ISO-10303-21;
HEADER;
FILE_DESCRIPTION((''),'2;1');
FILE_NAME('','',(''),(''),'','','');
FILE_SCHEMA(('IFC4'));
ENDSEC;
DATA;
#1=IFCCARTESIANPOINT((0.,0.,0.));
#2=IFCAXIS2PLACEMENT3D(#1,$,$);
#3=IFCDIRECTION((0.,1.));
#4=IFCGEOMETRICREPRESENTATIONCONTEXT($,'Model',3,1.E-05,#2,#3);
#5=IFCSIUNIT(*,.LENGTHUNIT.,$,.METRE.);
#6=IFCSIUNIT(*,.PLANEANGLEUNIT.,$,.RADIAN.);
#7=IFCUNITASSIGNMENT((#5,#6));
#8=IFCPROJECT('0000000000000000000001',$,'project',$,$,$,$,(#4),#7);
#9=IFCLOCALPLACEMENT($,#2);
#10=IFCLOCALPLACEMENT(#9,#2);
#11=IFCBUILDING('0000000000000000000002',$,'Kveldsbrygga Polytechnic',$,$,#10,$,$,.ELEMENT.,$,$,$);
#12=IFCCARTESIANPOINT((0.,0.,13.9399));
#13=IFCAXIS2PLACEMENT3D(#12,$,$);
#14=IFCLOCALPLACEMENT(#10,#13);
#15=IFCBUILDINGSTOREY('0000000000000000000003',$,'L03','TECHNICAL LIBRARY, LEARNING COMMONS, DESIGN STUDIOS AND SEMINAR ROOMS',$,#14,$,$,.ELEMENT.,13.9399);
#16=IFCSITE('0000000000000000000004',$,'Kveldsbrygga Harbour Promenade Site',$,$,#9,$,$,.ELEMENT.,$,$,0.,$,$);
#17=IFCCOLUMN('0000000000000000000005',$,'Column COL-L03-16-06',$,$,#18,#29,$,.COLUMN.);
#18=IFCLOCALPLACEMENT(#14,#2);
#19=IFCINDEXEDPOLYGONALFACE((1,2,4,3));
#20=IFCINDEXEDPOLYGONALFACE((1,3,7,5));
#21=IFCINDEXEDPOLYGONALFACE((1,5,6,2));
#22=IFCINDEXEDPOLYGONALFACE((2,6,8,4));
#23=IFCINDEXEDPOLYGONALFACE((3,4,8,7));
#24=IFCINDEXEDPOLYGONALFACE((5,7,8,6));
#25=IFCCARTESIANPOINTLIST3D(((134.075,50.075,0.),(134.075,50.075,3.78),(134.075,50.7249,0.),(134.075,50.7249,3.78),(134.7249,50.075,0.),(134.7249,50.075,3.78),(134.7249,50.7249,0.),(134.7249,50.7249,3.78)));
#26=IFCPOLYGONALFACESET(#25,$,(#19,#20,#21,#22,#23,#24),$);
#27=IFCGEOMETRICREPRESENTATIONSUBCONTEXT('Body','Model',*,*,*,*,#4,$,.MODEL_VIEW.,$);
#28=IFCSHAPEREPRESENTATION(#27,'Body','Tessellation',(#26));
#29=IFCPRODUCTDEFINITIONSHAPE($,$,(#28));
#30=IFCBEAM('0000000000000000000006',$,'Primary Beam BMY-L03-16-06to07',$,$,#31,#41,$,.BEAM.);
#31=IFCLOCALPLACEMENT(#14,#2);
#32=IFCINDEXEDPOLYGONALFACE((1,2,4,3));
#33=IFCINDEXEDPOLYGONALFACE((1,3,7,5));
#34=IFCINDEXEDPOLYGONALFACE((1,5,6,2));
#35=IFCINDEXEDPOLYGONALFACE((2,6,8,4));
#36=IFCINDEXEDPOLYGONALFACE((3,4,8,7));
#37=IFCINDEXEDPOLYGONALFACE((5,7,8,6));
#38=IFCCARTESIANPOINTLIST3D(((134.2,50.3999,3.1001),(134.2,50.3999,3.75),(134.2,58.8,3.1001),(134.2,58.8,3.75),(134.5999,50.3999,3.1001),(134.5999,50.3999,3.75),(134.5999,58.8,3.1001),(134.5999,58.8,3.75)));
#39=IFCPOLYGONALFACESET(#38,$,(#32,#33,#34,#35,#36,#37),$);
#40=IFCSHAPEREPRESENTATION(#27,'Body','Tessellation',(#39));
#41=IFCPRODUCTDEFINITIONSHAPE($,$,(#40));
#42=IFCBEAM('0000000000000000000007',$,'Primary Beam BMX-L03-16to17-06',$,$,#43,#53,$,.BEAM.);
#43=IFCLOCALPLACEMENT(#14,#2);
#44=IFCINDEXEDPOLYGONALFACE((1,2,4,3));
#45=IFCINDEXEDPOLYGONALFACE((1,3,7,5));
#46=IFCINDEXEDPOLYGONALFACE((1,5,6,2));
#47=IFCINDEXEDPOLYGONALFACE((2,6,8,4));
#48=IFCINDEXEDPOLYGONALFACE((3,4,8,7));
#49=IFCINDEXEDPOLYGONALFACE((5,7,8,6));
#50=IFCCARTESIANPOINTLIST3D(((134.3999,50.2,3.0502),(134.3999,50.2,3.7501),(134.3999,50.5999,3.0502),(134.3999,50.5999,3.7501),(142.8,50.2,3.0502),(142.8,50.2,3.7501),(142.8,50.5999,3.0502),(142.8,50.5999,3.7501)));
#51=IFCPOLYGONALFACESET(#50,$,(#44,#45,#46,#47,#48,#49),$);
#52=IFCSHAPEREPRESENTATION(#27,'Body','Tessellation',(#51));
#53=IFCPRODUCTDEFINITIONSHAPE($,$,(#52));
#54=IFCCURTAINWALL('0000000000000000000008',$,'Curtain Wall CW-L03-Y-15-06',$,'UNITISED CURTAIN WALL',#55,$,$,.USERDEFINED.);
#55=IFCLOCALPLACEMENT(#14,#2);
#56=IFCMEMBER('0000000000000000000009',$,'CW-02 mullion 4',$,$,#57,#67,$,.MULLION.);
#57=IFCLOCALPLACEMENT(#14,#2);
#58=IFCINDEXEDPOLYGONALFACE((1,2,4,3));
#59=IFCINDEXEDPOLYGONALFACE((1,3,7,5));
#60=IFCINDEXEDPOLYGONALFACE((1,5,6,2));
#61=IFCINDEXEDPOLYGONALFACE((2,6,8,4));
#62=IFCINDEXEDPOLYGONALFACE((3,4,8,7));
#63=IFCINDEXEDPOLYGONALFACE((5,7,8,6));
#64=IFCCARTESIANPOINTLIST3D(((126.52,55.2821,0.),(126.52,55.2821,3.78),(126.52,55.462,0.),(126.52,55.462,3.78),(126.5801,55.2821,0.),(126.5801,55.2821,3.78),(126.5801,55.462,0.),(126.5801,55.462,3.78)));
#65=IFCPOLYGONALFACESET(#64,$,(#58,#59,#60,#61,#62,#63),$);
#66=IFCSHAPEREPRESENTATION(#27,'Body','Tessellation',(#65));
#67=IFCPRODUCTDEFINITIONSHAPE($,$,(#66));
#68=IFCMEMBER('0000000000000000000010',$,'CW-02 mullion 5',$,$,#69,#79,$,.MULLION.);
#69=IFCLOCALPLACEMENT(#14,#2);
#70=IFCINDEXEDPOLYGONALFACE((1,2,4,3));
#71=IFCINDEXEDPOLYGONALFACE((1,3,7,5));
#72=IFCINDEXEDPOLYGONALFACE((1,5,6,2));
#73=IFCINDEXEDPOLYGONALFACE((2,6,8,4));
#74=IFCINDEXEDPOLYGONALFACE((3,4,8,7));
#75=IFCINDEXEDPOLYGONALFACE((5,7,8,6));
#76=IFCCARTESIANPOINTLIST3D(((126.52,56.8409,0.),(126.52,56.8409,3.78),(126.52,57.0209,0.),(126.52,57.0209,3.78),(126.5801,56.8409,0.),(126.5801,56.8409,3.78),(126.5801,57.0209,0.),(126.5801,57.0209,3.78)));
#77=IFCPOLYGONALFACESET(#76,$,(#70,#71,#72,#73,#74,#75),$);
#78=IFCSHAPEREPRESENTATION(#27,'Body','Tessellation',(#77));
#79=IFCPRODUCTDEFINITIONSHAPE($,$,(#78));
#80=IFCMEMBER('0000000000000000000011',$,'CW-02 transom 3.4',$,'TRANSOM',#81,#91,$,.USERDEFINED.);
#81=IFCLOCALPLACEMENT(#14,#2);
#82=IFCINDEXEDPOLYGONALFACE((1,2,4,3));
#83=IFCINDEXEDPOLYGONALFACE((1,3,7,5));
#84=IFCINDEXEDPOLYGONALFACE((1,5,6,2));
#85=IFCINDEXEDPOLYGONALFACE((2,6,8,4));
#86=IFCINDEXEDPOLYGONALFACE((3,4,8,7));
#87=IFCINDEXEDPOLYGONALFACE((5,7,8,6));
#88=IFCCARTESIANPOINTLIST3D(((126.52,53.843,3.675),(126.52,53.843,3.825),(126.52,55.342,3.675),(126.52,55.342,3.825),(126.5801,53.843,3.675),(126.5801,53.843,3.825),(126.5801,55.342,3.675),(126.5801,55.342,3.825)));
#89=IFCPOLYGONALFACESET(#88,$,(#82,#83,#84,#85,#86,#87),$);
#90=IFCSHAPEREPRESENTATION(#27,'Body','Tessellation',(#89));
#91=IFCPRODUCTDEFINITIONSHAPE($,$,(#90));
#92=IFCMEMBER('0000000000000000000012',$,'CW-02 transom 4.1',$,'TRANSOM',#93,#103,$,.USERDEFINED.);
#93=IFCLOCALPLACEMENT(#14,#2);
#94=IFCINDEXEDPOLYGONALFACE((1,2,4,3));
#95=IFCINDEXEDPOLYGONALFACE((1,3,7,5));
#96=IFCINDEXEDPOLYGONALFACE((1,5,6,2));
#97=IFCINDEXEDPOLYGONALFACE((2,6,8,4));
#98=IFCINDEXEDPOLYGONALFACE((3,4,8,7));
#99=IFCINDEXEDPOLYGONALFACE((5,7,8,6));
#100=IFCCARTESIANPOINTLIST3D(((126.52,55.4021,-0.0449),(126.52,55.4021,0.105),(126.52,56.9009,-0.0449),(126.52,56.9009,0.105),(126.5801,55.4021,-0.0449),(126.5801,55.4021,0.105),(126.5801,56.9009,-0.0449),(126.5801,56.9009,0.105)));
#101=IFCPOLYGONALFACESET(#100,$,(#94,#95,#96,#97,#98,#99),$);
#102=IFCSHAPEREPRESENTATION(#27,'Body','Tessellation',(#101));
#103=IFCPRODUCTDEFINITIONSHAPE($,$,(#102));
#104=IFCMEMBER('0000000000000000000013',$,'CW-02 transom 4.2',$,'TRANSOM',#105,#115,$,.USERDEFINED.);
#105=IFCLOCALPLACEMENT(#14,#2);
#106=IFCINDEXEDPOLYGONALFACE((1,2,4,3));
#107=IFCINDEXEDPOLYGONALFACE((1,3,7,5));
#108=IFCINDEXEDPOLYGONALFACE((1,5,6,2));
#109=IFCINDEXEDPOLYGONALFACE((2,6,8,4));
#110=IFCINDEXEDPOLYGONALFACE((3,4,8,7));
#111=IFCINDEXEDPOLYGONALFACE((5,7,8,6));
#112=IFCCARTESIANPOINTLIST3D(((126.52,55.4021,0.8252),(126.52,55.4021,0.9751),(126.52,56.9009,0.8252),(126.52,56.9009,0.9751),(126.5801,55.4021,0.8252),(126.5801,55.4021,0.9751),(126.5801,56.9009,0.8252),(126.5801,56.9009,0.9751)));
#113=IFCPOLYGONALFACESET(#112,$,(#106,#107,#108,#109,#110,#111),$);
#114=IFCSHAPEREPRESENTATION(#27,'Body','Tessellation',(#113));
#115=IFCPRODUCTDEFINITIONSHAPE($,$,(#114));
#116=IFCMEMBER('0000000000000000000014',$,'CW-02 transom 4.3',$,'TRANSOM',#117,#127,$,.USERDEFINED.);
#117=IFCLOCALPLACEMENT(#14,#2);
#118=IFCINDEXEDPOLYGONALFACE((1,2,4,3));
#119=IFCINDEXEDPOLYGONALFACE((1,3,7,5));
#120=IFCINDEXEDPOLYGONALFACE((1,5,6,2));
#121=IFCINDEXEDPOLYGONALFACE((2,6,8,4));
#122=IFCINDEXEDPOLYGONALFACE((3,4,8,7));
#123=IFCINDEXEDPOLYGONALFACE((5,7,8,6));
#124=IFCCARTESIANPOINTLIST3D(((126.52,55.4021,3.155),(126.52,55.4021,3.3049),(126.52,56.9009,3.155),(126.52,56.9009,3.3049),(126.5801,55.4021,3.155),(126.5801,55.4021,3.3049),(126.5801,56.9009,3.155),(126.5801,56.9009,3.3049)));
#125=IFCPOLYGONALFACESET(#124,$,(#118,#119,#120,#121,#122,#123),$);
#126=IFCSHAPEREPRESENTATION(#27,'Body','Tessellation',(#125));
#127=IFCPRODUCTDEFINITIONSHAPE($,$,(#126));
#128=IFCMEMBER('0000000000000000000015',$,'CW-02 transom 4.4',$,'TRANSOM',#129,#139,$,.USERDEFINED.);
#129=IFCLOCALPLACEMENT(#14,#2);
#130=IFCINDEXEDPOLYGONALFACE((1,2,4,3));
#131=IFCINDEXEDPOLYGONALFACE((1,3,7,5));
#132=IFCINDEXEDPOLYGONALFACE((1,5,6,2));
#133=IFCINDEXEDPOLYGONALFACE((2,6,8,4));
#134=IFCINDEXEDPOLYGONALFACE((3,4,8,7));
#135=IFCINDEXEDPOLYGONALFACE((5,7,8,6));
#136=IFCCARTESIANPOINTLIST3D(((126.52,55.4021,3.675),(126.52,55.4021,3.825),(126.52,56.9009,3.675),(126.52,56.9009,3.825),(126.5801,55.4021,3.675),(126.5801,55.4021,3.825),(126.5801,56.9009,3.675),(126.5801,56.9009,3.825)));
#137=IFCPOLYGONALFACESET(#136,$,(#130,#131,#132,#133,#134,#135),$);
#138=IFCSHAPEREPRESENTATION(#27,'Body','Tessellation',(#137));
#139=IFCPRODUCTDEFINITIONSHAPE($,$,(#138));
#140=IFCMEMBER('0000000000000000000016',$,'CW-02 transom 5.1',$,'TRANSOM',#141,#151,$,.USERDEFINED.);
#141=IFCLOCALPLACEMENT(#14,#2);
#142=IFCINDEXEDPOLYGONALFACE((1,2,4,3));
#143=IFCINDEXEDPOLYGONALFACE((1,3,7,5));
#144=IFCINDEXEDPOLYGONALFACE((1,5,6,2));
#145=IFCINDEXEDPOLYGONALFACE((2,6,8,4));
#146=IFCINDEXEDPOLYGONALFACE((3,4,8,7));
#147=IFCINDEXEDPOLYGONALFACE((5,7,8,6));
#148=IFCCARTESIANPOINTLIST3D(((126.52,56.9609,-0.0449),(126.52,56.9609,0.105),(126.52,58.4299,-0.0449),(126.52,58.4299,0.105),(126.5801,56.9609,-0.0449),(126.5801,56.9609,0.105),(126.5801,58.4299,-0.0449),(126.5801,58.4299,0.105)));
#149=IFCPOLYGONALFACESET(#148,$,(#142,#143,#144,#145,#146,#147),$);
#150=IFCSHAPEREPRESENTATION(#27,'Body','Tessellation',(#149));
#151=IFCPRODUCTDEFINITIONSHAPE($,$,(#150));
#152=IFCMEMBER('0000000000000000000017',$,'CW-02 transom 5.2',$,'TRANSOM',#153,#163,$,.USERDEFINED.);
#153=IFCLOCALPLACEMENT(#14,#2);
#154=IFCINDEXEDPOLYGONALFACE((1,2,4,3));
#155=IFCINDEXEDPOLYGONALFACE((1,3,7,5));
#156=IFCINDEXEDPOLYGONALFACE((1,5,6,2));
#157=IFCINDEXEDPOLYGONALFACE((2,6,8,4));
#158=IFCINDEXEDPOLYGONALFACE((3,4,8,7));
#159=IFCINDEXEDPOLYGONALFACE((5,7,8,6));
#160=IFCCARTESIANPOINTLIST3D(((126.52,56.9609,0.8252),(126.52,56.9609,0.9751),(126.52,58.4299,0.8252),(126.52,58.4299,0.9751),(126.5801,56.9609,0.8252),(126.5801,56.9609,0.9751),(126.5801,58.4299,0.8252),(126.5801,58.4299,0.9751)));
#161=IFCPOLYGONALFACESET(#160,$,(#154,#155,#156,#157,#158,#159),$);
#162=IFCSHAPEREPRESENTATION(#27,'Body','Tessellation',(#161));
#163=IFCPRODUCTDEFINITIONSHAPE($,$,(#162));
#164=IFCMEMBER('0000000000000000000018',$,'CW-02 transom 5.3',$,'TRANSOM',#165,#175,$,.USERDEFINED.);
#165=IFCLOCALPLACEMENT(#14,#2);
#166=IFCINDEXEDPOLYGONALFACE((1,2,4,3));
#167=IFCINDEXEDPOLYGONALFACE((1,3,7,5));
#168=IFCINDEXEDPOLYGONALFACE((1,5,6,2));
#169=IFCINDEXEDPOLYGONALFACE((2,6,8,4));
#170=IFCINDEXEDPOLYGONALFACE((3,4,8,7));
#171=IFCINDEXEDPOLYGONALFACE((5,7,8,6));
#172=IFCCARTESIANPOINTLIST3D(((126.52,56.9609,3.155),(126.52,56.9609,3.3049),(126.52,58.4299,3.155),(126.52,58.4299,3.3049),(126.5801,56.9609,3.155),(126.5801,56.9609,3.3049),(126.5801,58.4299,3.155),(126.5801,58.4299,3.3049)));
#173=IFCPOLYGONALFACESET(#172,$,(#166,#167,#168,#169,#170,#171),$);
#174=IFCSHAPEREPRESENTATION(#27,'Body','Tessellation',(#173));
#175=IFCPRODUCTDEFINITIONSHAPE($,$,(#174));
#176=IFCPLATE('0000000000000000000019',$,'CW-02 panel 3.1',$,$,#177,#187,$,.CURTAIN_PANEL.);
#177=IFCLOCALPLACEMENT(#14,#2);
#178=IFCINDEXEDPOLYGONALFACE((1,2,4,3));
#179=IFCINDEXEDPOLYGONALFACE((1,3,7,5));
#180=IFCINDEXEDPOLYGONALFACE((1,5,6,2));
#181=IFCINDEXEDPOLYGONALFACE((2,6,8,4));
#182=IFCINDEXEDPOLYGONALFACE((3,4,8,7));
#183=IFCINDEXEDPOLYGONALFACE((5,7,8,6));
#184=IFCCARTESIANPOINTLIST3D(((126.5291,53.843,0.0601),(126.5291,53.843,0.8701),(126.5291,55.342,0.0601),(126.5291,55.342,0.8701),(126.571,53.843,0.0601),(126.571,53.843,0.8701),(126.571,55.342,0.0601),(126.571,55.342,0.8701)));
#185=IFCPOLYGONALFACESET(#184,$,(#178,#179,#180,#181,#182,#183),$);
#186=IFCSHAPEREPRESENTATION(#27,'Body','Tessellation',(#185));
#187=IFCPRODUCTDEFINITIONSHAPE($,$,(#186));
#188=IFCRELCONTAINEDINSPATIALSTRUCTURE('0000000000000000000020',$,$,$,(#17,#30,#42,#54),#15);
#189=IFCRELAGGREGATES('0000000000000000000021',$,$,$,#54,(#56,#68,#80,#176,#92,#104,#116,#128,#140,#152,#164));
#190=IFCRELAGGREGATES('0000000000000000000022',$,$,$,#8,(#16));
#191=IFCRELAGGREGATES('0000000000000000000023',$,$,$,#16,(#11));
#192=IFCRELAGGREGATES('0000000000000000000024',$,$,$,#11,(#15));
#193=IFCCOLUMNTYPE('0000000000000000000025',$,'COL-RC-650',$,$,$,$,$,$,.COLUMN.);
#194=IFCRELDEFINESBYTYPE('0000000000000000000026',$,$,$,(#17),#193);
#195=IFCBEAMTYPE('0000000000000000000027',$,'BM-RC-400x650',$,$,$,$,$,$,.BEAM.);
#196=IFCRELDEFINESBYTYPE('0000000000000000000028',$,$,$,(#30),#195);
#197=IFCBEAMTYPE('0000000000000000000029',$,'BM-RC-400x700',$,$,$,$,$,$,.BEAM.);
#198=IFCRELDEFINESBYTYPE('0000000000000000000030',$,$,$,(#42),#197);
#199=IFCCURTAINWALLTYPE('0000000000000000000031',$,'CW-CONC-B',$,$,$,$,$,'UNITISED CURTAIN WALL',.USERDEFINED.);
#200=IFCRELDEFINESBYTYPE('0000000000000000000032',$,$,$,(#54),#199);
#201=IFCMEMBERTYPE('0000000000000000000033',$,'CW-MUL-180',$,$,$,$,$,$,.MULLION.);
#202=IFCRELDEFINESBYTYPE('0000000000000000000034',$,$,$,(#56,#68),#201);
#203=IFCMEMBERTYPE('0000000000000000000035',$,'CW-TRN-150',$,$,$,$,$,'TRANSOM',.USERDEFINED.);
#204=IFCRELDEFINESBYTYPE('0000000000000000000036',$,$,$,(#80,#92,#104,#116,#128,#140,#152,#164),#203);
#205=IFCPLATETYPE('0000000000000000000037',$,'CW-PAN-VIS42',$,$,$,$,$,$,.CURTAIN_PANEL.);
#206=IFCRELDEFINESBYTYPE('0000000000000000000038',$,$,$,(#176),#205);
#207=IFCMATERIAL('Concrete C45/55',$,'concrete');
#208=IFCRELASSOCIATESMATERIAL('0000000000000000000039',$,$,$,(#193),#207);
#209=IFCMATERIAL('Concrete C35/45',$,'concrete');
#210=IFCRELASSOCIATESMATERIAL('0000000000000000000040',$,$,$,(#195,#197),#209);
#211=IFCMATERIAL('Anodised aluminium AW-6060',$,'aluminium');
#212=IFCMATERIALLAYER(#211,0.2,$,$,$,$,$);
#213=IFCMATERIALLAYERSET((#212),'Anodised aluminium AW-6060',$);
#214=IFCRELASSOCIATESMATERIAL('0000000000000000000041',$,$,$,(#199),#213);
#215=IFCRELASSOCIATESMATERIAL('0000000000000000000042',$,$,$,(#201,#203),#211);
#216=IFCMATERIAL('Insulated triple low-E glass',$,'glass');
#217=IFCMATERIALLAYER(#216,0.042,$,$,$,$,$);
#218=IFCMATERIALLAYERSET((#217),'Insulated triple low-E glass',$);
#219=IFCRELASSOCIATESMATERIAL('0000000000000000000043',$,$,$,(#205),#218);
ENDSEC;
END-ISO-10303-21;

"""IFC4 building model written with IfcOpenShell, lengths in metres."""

from ifc_helpers import new_model, si_unit, direction, frame, origin, origin_2d, place, context, subcontext, project, spatial, rectangle, extrude, material, layer, layer_set, material_profile, profile_set, type_object, element, aggregate, save


model = new_model("IFC4")

# Units and contexts
model_context = context("Model", 3, precision=1e-05, world=origin(), true_north=direction((0.0, 1.0)))
body_context = subcontext(model_context, "Body", "Model", "MODEL_VIEW")
ifc_project = project(units=[si_unit("LENGTHUNIT", "METRE"), si_unit("PLANEANGLEUNIT", "RADIAN")], contexts=[model_context])

# Site, building, storey
site_placement = place(None, origin())
site = spatial("IfcSite", under=ifc_project, at=site_placement, Name="Kveldsbrygga Harbour Promenade Site", CompositionType="ELEMENT", RefElevation=0.0)
building_placement = place(site_placement, origin())
building = spatial("IfcBuilding", under=site, at=building_placement, Name="Kveldsbrygga Polytechnic", CompositionType="ELEMENT")
storey_placement = place(building_placement, frame((0.0, 0.0, 13.9399)))
storey = spatial("IfcBuildingStorey", under=building, at=storey_placement, Name="L03", Description="TECHNICAL LIBRARY, LEARNING COMMONS, DESIGN STUDIOS AND SEMINAR ROOMS", CompositionType="ELEMENT", Elevation=13.9399)

# Column
ifc_material_1 = material(Name="Concrete C45/55", Category="concrete")
ifc_material_profile_1 = material_profile(ifc_material_1, rectangle(XDim=0.6499, YDim=0.6499, at=origin_2d()), Name="RC 650x650")
ifc_profile_set_1 = profile_set([ifc_material_profile_1], Name="Concrete C45/55")
column_type = type_object("IfcColumnType", Name="COL-RC-650", PredefinedType="COLUMN", material=ifc_profile_set_1)
column_placement = place(storey_placement, frame((134.3999, 50.3999, 0.0), z_axis=(0.0, 0.0, 1.0), x_axis=(1.0, 0.0, 0.0)))
element("IfcColumn", 1, at=column_placement, inside=storey, type_object=column_type, Name="Column COL-L03-16-06", PredefinedType="COLUMN", context=body_context, shape_type="SweptSolid", body=[
    extrude(rectangle(XDim=0.6499, YDim=0.6499, at=origin_2d()), origin(), (0.0, 0.0, 1.0), 3.78),
])

# Beams
ifc_material_2 = material(Name="Concrete C35/45", Category="concrete")
ifc_material_profile_2 = material_profile(ifc_material_2, rectangle(XDim=0.3999, YDim=0.6499, at=origin_2d()), Name="RC 400x650")
ifc_profile_set_2 = profile_set([ifc_material_profile_2], Name="Concrete C35/45")
beam_type_1 = type_object("IfcBeamType", Name="BM-RC-400x650", PredefinedType="BEAM", material=ifc_profile_set_2)
beam_1_placement = place(storey_placement, frame((134.3999, 50.3999, 3.425), z_axis=(0.0, 1.0, 0.0), x_axis=(-1.0, 0.0, 0.0)))
element("IfcBeam", 2, at=beam_1_placement, inside=storey, type_object=beam_type_1, Name="Primary Beam BMY-L03-16-06to07", PredefinedType="BEAM", context=body_context, shape_type="SweptSolid", body=[
    extrude(rectangle(XDim=0.3999, YDim=0.6499, at=origin_2d()), origin(), (0.0, 0.0, 1.0), 8.4001),
])
ifc_material_profile_3 = material_profile(ifc_material_2, rectangle(XDim=0.3999, YDim=0.7, at=origin_2d()), Name="RC 400x700")
ifc_profile_set_3 = profile_set([ifc_material_profile_3], Name="Concrete C35/45")
beam_type_2 = type_object("IfcBeamType", Name="BM-RC-400x700", PredefinedType="BEAM", material=ifc_profile_set_3)
beam_2_placement = place(storey_placement, frame((134.3999, 50.3999, 3.4001), z_axis=(1.0, 0.0, 0.0), x_axis=(0.0, 1.0, 0.0)))
element("IfcBeam", 3, at=beam_2_placement, inside=storey, type_object=beam_type_2, Name="Primary Beam BMX-L03-16to17-06", PredefinedType="BEAM", context=body_context, shape_type="SweptSolid", body=[
    extrude(rectangle(XDim=0.3999, YDim=0.7, at=origin_2d()), origin(), (0.0, 0.0, 1.0), 8.4001),
])

# Curtain wall, members, plate
ifc_material_3 = material(Name="Anodised aluminium AW-6060", Category="aluminium")
ifc_layer_1 = layer(ifc_material_3, 0.2)
ifc_layer_set_1 = layer_set([ifc_layer_1], Name="Anodised aluminium AW-6060")
curtain_wall_type = type_object("IfcCurtainWallType", Name="CW-CONC-B", ElementType="UNITISED CURTAIN WALL", PredefinedType="USERDEFINED", material=ifc_layer_set_1)
curtain_wall_placement = place(storey_placement, origin())
curtain_wall = element("IfcCurtainWall", 4, at=curtain_wall_placement, inside=storey, type_object=curtain_wall_type, Name="Curtain Wall CW-L03-Y-15-06", ObjectType="UNITISED CURTAIN WALL", PredefinedType="USERDEFINED")
ifc_material_profile_4 = material_profile(ifc_material_3, rectangle(XDim=0.0601, YDim=0.1799, at=origin_2d()), Name="ALU 60x180")
ifc_profile_set_4 = profile_set([ifc_material_profile_4], Name="Anodised aluminium AW-6060")
member_type_1 = type_object("IfcMemberType", Name="CW-MUL-180", PredefinedType="MULLION", material=ifc_profile_set_4)
member_1_placement = place(storey_placement, frame((126.55, 55.3721, 0.0), z_axis=(0.0, 0.0, 1.0), x_axis=(-1.0, 0.0, 0.0)))
member_1 = element("IfcMember", 5, at=member_1_placement, type_object=member_type_1, Name="CW-02 mullion 4", PredefinedType="MULLION", context=body_context, shape_type="SweptSolid", body=[
    extrude(rectangle(XDim=0.0601, YDim=0.1799, at=origin_2d()), origin(), (0.0, 0.0, 1.0), 3.78),
])
member_2_placement = place(storey_placement, frame((126.55, 56.9309, 0.0), z_axis=(0.0, 0.0, 1.0), x_axis=(-1.0, 0.0, 0.0)))
member_2 = element("IfcMember", 6, at=member_2_placement, type_object=member_type_1, Name="CW-02 mullion 5", PredefinedType="MULLION", context=body_context, shape_type="SweptSolid", body=[
    extrude(rectangle(XDim=0.0601, YDim=0.1799, at=origin_2d()), origin(), (0.0, 0.0, 1.0), 3.78),
])
ifc_material_profile_5 = material_profile(ifc_material_3, rectangle(XDim=0.0601, YDim=0.1499, at=origin_2d()), Name="ALU 60x150")
ifc_profile_set_5 = profile_set([ifc_material_profile_5], Name="Anodised aluminium AW-6060")
member_type_2 = type_object("IfcMemberType", Name="CW-TRN-150", ElementType="TRANSOM", PredefinedType="USERDEFINED", material=ifc_profile_set_5)
member_3_placement = place(storey_placement, frame((126.55, 53.843, 3.75), z_axis=(0.0, 1.0, 0.0), x_axis=(-1.0, 0.0, 0.0)))
member_3 = element("IfcMember", 7, at=member_3_placement, type_object=member_type_2, Name="CW-02 transom 3.4", ObjectType="TRANSOM", PredefinedType="USERDEFINED", context=body_context, shape_type="SweptSolid", body=[
    extrude(rectangle(XDim=0.0601, YDim=0.1499, at=origin_2d()), origin(), (0.0, 0.0, 1.0), 1.499),
])
member_4_placement = place(storey_placement, frame((126.55, 55.4021, 0.03), z_axis=(0.0, 1.0, 0.0), x_axis=(-1.0, 0.0, 0.0)))
member_4 = element("IfcMember", 8, at=member_4_placement, type_object=member_type_2, Name="CW-02 transom 4.1", ObjectType="TRANSOM", PredefinedType="USERDEFINED", context=body_context, shape_type="SweptSolid", body=[
    extrude(rectangle(XDim=0.0601, YDim=0.1499, at=origin_2d()), origin(), (0.0, 0.0, 1.0), 1.4988),
])
member_5_placement = place(storey_placement, frame((126.55, 55.4021, 0.9001), z_axis=(0.0, 1.0, 0.0), x_axis=(-1.0, 0.0, 0.0)))
member_5 = element("IfcMember", 9, at=member_5_placement, type_object=member_type_2, Name="CW-02 transom 4.2", ObjectType="TRANSOM", PredefinedType="USERDEFINED", context=body_context, shape_type="SweptSolid", body=[
    extrude(rectangle(XDim=0.0601, YDim=0.1499, at=origin_2d()), origin(), (0.0, 0.0, 1.0), 1.4988),
])
member_6_placement = place(storey_placement, frame((126.55, 55.4021, 3.23), z_axis=(0.0, 1.0, 0.0), x_axis=(-1.0, 0.0, 0.0)))
member_6 = element("IfcMember", 10, at=member_6_placement, type_object=member_type_2, Name="CW-02 transom 4.3", ObjectType="TRANSOM", PredefinedType="USERDEFINED", context=body_context, shape_type="SweptSolid", body=[
    extrude(rectangle(XDim=0.0601, YDim=0.1499, at=origin_2d()), origin(), (0.0, 0.0, 1.0), 1.4988),
])
member_7_placement = place(storey_placement, frame((126.55, 55.4021, 3.75), z_axis=(0.0, 1.0, 0.0), x_axis=(-1.0, 0.0, 0.0)))
member_7 = element("IfcMember", 11, at=member_7_placement, type_object=member_type_2, Name="CW-02 transom 4.4", ObjectType="TRANSOM", PredefinedType="USERDEFINED", context=body_context, shape_type="SweptSolid", body=[
    extrude(rectangle(XDim=0.0601, YDim=0.1499, at=origin_2d()), origin(), (0.0, 0.0, 1.0), 1.4988),
])
member_8_placement = place(storey_placement, frame((126.55, 56.9609, 0.03), z_axis=(0.0, 1.0, 0.0), x_axis=(-1.0, 0.0, 0.0)))
member_8 = element("IfcMember", 12, at=member_8_placement, type_object=member_type_2, Name="CW-02 transom 5.1", ObjectType="TRANSOM", PredefinedType="USERDEFINED", context=body_context, shape_type="SweptSolid", body=[
    extrude(rectangle(XDim=0.0601, YDim=0.1499, at=origin_2d()), origin(), (0.0, 0.0, 1.0), 1.469),
])
member_9_placement = place(storey_placement, frame((126.55, 56.9609, 0.9001), z_axis=(0.0, 1.0, 0.0), x_axis=(-1.0, 0.0, 0.0)))
member_9 = element("IfcMember", 13, at=member_9_placement, type_object=member_type_2, Name="CW-02 transom 5.2", ObjectType="TRANSOM", PredefinedType="USERDEFINED", context=body_context, shape_type="SweptSolid", body=[
    extrude(rectangle(XDim=0.0601, YDim=0.1499, at=origin_2d()), origin(), (0.0, 0.0, 1.0), 1.469),
])
member_10_placement = place(storey_placement, frame((126.55, 56.9609, 3.23), z_axis=(0.0, 1.0, 0.0), x_axis=(-1.0, 0.0, 0.0)))
member_10 = element("IfcMember", 14, at=member_10_placement, type_object=member_type_2, Name="CW-02 transom 5.3", ObjectType="TRANSOM", PredefinedType="USERDEFINED", context=body_context, shape_type="SweptSolid", body=[
    extrude(rectangle(XDim=0.0601, YDim=0.1499, at=origin_2d()), origin(), (0.0, 0.0, 1.0), 1.469),
])
ifc_material_4 = material(Name="Insulated triple low-E glass", Category="glass")
ifc_layer_2 = layer(ifc_material_4, 0.042)
ifc_layer_set_2 = layer_set([ifc_layer_2], Name="Insulated triple low-E glass")
plate_type = type_object("IfcPlateType", Name="CW-PAN-VIS42", PredefinedType="CURTAIN_PANEL", material=ifc_layer_set_2)
plate_1_placement = place(storey_placement, frame((126.55, 54.5925, 0.0601), z_axis=(0.0, 0.0, 1.0), x_axis=(0.0, 1.0, 0.0)))
plate_1 = element("IfcPlate", 15, at=plate_1_placement, type_object=plate_type, Name="CW-02 panel 3.1", PredefinedType="CURTAIN_PANEL", context=body_context, shape_type="SweptSolid", body=[
    extrude(rectangle(XDim=1.499, YDim=0.042, at=origin_2d()), origin(), (0.0, 0.0, 1.0), 0.8101),
])
aggregate(curtain_wall, [member_1, member_2, member_3, plate_1, member_4, member_5, member_6, member_7, member_8, member_9, member_10])

save(model, "model.ifc")
